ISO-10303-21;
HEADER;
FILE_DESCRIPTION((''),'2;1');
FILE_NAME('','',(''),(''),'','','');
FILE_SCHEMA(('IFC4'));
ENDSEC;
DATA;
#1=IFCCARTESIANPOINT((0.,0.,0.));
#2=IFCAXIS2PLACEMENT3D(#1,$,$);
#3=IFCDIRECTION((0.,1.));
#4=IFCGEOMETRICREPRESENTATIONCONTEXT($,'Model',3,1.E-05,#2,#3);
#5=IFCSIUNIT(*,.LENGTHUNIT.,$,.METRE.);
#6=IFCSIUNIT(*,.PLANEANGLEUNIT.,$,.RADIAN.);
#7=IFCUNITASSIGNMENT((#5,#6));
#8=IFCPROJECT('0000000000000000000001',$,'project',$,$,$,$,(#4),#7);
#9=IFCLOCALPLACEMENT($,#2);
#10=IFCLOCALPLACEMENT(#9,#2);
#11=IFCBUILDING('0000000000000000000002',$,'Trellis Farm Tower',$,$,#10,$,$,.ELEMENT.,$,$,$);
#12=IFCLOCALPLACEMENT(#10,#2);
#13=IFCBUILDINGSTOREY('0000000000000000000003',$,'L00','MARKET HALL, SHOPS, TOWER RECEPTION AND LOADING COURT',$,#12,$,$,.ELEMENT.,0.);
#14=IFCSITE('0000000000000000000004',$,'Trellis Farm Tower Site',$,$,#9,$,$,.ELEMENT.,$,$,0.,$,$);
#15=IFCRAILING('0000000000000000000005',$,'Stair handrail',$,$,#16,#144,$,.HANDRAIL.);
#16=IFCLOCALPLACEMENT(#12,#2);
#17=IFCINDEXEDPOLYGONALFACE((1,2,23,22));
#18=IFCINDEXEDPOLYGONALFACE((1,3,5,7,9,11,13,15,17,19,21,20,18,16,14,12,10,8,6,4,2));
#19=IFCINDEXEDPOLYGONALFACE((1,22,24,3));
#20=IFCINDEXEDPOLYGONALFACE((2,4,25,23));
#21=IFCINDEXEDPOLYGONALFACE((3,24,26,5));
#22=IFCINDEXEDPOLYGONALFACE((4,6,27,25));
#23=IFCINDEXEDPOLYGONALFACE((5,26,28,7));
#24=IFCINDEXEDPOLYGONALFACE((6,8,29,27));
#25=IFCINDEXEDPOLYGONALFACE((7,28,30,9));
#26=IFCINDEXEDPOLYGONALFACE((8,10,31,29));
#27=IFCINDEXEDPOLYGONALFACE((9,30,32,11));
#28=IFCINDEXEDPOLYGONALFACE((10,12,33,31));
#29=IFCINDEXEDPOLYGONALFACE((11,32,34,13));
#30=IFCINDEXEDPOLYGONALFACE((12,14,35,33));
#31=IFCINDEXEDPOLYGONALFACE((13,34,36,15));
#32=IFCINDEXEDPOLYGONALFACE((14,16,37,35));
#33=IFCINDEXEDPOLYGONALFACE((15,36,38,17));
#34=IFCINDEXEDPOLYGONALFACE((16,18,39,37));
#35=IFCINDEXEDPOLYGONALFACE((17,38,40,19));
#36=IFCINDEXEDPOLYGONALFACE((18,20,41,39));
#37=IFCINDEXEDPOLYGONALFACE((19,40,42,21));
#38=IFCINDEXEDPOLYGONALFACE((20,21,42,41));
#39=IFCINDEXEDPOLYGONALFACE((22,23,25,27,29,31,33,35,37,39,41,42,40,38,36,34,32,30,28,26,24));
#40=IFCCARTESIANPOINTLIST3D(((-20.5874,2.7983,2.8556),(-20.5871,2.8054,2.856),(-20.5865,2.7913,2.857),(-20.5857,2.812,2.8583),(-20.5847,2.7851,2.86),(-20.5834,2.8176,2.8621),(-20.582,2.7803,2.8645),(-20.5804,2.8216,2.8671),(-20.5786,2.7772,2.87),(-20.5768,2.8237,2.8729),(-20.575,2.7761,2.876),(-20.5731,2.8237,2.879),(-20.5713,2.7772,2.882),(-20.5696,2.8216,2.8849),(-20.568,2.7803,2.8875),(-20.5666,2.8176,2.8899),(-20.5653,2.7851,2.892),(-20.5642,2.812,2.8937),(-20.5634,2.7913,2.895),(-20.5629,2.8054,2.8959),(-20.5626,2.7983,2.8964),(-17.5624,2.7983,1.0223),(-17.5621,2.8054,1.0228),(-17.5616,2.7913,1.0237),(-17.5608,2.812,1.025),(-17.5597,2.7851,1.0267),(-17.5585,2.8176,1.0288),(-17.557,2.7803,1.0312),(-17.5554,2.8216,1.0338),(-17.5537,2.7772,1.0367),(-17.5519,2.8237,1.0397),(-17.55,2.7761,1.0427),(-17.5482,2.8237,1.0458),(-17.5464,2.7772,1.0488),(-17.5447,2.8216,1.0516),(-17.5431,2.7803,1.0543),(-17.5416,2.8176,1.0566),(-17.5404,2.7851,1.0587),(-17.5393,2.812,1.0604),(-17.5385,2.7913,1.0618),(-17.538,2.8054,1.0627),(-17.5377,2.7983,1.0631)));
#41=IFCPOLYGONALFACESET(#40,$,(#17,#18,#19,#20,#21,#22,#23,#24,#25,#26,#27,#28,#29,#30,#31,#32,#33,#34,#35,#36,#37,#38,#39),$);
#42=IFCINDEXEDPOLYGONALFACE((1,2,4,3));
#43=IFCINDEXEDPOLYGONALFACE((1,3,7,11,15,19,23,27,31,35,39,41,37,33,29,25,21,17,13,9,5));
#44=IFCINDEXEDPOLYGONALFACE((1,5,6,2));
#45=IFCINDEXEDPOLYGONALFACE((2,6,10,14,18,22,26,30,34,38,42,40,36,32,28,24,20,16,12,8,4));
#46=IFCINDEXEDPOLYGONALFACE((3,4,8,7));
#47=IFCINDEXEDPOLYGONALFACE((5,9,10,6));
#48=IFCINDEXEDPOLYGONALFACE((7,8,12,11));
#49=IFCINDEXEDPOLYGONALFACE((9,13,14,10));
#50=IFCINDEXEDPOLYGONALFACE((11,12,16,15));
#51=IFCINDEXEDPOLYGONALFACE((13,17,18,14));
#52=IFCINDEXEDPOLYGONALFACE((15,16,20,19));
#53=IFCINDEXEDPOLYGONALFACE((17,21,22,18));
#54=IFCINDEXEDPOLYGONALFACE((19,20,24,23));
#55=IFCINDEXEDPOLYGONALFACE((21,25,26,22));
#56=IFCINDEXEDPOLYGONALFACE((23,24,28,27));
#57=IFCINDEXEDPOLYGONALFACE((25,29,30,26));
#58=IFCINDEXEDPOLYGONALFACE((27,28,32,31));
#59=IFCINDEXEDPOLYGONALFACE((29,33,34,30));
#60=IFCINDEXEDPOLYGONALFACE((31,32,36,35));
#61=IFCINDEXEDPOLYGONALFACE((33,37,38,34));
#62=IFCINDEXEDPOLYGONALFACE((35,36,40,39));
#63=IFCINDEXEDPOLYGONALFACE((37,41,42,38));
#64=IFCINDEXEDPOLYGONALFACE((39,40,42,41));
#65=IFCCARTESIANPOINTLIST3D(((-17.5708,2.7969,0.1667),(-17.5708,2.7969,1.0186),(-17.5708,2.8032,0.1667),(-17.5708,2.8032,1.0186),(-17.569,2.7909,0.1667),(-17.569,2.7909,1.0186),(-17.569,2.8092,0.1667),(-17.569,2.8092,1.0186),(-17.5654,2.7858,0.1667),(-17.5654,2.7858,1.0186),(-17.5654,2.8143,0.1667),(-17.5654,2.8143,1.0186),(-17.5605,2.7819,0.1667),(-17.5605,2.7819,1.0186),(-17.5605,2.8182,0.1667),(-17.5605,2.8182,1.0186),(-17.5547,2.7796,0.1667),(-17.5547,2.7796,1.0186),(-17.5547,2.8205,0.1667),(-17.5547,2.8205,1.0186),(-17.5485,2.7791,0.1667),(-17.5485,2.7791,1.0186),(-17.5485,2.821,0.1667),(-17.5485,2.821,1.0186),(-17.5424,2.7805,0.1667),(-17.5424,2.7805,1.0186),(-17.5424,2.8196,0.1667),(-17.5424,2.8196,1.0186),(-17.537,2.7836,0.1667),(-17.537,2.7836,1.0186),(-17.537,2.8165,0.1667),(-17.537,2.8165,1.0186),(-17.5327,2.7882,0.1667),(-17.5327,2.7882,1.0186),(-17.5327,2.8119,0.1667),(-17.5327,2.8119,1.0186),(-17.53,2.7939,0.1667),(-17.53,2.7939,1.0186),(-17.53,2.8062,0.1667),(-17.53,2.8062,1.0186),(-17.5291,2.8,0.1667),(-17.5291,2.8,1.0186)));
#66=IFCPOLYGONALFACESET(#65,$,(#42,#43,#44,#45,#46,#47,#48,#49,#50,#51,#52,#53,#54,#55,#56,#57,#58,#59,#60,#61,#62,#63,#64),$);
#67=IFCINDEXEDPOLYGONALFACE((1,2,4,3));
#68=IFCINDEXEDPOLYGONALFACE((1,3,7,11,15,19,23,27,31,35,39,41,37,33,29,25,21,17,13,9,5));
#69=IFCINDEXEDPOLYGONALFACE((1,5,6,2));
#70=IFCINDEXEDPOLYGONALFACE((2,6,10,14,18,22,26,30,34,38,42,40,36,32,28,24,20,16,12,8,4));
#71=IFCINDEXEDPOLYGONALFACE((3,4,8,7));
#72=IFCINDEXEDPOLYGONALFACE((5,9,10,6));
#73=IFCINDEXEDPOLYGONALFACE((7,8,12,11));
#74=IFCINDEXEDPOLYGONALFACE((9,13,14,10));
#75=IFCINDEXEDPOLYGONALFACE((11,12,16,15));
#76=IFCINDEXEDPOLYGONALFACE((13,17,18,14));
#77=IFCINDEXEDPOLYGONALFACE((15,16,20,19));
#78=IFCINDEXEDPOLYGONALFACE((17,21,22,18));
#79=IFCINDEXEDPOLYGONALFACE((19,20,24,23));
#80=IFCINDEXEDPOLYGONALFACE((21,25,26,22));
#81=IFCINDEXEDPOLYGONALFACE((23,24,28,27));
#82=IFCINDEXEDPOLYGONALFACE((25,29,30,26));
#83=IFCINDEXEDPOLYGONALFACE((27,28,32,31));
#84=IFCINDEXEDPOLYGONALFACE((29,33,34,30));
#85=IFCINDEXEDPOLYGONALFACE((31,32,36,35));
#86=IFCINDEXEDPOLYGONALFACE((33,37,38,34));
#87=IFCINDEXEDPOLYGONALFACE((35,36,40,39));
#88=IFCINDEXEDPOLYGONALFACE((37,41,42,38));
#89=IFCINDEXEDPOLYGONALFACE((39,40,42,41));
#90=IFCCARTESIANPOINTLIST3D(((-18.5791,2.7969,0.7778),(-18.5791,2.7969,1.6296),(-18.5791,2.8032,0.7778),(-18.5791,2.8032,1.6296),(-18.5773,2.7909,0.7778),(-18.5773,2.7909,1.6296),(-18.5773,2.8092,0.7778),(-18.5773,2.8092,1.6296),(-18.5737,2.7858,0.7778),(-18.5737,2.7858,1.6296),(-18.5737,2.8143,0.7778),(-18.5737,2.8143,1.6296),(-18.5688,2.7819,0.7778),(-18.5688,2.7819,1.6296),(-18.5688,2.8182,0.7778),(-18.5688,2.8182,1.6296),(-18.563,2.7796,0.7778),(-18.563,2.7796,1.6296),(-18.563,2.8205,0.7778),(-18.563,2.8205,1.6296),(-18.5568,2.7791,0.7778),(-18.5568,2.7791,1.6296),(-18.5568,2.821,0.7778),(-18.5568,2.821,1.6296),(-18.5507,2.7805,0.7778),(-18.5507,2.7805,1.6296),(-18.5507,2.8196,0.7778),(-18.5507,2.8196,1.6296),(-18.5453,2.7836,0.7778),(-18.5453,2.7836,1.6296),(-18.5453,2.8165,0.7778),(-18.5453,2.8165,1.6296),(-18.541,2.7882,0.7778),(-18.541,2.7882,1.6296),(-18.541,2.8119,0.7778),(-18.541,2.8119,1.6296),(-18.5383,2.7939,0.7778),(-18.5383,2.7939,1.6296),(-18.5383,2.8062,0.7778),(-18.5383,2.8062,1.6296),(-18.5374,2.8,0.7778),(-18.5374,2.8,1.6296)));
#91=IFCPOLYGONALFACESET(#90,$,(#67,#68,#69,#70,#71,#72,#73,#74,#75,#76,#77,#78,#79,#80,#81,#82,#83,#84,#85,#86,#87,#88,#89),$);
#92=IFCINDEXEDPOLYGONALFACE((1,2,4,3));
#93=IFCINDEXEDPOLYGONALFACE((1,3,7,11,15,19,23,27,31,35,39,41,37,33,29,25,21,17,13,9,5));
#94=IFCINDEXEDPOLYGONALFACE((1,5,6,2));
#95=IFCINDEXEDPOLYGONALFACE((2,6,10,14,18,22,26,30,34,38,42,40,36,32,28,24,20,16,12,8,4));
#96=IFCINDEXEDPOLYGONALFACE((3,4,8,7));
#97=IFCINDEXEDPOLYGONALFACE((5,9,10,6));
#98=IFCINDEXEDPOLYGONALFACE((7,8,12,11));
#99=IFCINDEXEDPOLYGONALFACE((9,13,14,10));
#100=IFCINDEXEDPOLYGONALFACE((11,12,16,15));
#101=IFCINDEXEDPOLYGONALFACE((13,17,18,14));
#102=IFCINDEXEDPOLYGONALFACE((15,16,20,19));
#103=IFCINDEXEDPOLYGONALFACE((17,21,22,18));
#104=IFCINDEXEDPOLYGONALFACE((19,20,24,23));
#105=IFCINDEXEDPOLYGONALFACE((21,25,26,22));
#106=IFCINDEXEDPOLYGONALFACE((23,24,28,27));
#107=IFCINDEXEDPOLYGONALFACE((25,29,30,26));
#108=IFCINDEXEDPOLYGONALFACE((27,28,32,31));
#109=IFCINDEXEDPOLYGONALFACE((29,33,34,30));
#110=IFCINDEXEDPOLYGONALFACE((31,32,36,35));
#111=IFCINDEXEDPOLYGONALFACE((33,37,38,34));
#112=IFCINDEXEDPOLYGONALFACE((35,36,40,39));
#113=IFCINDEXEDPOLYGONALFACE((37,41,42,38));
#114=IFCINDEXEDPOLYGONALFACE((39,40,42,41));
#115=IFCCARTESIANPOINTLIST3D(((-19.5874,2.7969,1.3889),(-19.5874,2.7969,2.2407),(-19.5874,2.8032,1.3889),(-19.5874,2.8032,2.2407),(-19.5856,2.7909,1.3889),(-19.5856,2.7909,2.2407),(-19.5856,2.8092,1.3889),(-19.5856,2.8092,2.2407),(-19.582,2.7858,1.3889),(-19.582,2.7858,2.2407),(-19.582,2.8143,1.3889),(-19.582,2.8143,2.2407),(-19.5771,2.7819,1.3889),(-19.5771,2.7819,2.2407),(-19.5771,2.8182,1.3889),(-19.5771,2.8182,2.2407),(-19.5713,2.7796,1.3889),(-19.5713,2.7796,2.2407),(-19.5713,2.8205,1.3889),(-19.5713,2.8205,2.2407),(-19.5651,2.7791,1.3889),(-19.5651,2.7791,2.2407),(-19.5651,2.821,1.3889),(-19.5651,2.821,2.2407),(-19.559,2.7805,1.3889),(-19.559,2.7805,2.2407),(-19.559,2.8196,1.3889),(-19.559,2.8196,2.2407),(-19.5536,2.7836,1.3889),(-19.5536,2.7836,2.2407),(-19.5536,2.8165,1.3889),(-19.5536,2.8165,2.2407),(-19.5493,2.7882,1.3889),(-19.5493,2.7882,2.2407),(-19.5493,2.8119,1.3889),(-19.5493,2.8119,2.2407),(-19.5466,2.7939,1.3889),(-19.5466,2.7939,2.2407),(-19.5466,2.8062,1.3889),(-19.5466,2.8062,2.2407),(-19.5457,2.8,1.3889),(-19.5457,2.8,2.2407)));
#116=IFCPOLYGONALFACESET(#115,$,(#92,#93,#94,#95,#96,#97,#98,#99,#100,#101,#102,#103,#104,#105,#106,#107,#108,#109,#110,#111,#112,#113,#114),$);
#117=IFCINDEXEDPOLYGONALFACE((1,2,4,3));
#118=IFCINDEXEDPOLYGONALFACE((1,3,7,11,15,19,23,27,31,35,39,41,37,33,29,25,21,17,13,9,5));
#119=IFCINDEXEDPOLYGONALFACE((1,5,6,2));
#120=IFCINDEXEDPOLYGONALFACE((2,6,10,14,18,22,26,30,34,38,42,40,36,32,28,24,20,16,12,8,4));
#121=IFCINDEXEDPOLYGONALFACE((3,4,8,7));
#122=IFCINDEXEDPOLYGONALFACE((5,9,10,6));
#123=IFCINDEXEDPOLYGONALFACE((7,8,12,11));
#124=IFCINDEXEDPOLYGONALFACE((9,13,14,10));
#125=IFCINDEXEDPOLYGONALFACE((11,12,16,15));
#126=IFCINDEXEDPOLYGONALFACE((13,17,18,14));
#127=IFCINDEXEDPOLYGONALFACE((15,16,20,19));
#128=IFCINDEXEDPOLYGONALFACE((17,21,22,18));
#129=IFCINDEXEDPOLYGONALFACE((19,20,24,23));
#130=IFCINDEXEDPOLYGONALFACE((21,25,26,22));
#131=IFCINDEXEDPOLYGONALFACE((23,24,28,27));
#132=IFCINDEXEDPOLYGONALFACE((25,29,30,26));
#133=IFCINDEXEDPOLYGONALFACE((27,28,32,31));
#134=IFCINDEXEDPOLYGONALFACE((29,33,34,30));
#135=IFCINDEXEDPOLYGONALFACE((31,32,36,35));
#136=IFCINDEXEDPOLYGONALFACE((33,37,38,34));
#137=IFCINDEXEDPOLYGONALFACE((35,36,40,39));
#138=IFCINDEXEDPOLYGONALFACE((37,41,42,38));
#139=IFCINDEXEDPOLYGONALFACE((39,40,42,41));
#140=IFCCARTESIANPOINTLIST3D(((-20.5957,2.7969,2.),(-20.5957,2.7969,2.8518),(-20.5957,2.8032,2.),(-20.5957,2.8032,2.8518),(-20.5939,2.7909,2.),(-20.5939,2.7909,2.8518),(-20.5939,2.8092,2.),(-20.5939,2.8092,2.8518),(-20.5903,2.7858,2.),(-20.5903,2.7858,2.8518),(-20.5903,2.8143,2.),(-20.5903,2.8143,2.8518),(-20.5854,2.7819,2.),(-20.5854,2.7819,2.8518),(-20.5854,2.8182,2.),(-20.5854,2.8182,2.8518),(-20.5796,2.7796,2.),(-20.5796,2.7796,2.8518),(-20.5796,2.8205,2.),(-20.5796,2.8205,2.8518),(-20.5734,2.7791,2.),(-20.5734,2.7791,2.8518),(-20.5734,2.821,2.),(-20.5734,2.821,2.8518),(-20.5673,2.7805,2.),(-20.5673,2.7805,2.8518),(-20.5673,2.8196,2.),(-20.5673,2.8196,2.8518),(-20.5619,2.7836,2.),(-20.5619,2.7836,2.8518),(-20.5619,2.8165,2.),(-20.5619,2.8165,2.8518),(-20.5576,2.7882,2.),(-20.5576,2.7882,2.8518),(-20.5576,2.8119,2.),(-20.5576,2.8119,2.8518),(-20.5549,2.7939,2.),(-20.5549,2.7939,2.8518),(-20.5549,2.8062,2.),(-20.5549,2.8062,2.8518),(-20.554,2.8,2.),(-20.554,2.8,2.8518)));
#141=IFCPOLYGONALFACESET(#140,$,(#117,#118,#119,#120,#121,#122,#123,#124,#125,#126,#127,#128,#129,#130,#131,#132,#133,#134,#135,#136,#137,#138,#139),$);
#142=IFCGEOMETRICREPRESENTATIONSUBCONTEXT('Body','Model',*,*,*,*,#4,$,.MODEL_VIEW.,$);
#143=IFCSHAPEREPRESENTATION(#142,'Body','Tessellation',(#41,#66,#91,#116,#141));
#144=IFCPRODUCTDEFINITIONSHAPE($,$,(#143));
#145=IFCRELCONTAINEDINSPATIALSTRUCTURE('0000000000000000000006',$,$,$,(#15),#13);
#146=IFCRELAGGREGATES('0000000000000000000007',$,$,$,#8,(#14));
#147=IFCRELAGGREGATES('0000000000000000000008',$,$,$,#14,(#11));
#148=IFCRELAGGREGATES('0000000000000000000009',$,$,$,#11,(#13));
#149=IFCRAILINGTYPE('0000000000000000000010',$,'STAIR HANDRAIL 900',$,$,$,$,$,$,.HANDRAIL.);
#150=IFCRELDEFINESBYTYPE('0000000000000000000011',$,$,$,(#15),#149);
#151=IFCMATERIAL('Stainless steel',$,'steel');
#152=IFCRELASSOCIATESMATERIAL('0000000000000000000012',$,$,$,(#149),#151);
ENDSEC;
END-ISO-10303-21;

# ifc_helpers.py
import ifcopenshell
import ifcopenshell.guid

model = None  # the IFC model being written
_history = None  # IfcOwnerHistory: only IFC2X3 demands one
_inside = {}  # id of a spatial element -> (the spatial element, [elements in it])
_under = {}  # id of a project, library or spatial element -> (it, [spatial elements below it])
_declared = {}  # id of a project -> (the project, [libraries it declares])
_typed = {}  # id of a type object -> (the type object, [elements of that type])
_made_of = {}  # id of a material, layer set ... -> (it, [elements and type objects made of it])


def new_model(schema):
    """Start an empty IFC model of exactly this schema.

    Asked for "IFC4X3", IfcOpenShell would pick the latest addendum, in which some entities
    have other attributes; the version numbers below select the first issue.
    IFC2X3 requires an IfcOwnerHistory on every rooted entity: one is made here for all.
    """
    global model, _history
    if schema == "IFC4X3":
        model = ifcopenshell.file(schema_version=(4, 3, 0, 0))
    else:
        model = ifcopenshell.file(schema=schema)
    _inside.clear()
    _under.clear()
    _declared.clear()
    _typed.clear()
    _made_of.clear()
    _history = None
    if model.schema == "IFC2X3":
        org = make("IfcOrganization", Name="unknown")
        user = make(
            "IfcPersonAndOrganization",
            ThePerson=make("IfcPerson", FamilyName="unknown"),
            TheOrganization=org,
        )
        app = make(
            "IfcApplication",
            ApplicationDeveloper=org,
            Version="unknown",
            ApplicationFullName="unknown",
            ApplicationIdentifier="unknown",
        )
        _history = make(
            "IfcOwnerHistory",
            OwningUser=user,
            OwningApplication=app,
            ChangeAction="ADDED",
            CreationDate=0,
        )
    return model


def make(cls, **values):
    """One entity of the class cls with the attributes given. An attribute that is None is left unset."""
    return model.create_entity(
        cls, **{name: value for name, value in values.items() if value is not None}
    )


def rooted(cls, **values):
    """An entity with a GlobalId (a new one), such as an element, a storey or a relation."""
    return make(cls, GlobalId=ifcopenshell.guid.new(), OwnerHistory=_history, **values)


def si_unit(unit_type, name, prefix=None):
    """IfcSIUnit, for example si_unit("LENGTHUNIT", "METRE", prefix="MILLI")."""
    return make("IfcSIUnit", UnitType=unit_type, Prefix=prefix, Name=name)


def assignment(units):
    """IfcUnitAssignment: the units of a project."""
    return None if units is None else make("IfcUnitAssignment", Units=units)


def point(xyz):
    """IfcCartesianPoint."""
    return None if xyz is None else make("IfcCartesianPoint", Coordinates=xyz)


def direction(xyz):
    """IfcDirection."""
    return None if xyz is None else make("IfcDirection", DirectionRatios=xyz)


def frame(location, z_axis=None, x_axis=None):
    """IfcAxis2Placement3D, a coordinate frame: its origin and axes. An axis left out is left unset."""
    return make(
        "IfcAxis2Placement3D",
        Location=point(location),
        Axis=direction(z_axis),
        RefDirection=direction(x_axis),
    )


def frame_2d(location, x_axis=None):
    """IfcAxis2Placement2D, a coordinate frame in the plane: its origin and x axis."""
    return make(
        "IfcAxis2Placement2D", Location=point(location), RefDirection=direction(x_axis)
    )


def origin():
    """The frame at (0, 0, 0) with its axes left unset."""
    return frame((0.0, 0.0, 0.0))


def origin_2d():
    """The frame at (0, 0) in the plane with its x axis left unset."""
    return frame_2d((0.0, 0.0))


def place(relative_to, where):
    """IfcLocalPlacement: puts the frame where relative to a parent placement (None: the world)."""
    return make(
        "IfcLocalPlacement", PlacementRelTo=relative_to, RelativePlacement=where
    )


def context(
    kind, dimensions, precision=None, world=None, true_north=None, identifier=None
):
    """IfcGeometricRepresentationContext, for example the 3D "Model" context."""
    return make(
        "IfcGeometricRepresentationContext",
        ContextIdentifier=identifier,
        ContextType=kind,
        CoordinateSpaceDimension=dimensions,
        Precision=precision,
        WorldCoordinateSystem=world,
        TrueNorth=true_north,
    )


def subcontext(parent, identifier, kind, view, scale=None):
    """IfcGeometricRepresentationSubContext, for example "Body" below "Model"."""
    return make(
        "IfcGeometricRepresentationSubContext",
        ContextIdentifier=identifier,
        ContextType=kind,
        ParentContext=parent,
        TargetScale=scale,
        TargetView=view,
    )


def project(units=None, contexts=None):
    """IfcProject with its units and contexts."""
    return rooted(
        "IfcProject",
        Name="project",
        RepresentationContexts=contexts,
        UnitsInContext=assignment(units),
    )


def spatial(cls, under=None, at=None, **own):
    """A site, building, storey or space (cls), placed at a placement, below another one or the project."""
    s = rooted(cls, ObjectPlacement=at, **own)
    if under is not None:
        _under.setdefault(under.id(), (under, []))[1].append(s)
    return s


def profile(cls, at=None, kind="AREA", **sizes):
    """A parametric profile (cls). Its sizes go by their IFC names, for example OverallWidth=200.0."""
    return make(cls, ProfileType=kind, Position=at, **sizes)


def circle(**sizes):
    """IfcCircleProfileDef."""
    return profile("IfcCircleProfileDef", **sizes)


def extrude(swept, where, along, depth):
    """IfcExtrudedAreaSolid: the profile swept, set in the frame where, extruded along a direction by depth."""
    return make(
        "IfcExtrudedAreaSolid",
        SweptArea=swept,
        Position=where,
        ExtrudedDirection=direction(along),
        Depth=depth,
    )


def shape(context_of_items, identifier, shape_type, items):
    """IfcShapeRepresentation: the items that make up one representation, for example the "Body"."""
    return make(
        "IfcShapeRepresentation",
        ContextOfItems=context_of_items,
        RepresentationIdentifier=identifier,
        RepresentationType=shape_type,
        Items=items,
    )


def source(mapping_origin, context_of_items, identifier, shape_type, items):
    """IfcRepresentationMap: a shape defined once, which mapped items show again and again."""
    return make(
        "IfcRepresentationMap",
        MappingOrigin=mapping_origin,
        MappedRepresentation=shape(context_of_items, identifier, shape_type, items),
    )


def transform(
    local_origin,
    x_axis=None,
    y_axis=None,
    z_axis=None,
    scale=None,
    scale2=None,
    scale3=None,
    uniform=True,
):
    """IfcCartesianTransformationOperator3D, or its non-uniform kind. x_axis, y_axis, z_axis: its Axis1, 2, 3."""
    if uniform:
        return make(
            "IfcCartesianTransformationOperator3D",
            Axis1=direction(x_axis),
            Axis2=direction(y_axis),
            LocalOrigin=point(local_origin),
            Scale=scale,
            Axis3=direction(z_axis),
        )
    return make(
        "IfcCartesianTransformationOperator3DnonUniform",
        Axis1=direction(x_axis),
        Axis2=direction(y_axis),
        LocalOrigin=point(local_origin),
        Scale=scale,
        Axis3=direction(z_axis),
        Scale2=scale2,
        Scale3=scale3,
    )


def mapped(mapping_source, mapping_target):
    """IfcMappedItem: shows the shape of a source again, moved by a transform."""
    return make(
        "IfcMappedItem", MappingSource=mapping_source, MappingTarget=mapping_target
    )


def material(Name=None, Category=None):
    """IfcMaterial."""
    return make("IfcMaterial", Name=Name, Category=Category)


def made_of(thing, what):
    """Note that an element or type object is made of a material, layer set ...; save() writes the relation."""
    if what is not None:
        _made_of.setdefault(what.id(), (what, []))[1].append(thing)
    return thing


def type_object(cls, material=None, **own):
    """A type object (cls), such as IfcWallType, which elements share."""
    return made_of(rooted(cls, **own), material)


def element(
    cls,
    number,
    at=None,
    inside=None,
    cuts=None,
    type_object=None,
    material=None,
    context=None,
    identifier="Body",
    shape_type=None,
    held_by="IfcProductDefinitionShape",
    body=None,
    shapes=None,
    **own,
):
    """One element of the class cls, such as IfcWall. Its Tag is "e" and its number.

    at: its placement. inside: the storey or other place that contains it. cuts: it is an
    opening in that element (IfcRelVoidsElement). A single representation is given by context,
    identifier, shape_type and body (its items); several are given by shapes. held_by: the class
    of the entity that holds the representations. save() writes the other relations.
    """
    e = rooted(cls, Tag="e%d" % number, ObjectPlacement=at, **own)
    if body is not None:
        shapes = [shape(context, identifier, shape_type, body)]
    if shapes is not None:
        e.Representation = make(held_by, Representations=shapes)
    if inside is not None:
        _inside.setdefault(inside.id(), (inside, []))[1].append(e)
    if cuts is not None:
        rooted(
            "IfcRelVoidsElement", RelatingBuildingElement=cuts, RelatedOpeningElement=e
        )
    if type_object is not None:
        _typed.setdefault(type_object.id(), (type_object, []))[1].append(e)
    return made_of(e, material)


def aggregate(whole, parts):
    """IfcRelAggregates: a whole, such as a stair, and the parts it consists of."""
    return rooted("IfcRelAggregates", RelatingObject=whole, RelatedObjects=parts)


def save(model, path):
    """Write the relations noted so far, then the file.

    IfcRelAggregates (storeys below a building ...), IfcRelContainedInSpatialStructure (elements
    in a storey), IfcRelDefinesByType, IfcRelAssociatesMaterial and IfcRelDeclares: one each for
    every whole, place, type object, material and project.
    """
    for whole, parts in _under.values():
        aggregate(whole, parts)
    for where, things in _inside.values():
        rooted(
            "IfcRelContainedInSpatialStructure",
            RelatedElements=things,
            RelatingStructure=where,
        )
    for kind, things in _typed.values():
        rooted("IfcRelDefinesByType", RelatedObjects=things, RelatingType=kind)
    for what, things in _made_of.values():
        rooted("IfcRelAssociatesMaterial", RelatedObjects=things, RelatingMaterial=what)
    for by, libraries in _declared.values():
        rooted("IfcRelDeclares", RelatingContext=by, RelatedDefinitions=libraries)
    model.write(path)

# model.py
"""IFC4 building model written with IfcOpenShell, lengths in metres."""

from ifc_helpers import new_model, si_unit, direction, frame, origin, origin_2d, place, context, subcontext, project, spatial, circle, extrude, source, transform, mapped, material, type_object, element, save


model = new_model("IFC4")

# Units and contexts
model_context = context("Model", 3, precision=1e-05, world=origin(), true_north=direction((0.0, 1.0)))
body_context = subcontext(model_context, "Body", "Model", "MODEL_VIEW")
ifc_project = project(units=[si_unit("LENGTHUNIT", "METRE"), si_unit("PLANEANGLEUNIT", "RADIAN")], contexts=[model_context])

# Site, building, storey
site_placement = place(None, origin())
site = spatial("IfcSite", under=ifc_project, at=site_placement, Name="Trellis Farm Tower Site", CompositionType="ELEMENT", RefElevation=0.0)
building_placement = place(site_placement, origin())
building = spatial("IfcBuilding", under=site, at=building_placement, Name="Trellis Farm Tower", CompositionType="ELEMENT")
storey_placement = place(building_placement, origin())
storey = spatial("IfcBuildingStorey", under=building, at=storey_placement, Name="L00", Description="MARKET HALL, SHOPS, TOWER RECEPTION AND LOADING COURT", CompositionType="ELEMENT", Elevation=0.0)

# Railing
ifc_material_1 = material(Name="Stainless steel", Category="steel")
railing_type = type_object("IfcRailingType", Name="STAIR HANDRAIL 900", PredefinedType="HANDRAIL", material=ifc_material_1)
shared_shape_1 = source(origin(), body_context, "Body", "SweptSolid", [
    extrude(circle(Radius=0.0239, at=origin_2d()), frame((0.0, 0.0, 0.876), z_axis=(-0.855201, 0.0, 0.518297), x_axis=(0.0, -1.0, 0.0)), (0.0, 0.0, 1.0), 3.5371),
    extrude(circle(Radius=0.021, at=origin_2d()), origin(), (0.0, 0.0, 1.0), 0.8518),
    extrude(circle(Radius=0.021, at=origin_2d()), frame((-1.0083, 0.0, 0.6111)), (0.0, 0.0, 1.0), 0.8518),
    extrude(circle(Radius=0.021, at=origin_2d()), frame((-2.0166, 0.0, 1.2222)), (0.0, 0.0, 1.0), 0.8518),
    extrude(circle(Radius=0.021, at=origin_2d()), frame((-3.0249, 0.0, 1.8333)), (0.0, 0.0, 1.0), 0.8518),
])
for number, where, name in (
    (1, (-17.55, 2.8, 0.1667), "Stair handrail"),
):
    element("IfcRailing", number, at=place(storey_placement, frame(where)), inside=storey, type_object=railing_type, Name=name, PredefinedType="HANDRAIL", context=body_context, shape_type="MappedRepresentation", body=[
        mapped(shared_shape_1, transform((0.0, 0.0, 0.0))),
    ])

save(model, "model.ifc")
